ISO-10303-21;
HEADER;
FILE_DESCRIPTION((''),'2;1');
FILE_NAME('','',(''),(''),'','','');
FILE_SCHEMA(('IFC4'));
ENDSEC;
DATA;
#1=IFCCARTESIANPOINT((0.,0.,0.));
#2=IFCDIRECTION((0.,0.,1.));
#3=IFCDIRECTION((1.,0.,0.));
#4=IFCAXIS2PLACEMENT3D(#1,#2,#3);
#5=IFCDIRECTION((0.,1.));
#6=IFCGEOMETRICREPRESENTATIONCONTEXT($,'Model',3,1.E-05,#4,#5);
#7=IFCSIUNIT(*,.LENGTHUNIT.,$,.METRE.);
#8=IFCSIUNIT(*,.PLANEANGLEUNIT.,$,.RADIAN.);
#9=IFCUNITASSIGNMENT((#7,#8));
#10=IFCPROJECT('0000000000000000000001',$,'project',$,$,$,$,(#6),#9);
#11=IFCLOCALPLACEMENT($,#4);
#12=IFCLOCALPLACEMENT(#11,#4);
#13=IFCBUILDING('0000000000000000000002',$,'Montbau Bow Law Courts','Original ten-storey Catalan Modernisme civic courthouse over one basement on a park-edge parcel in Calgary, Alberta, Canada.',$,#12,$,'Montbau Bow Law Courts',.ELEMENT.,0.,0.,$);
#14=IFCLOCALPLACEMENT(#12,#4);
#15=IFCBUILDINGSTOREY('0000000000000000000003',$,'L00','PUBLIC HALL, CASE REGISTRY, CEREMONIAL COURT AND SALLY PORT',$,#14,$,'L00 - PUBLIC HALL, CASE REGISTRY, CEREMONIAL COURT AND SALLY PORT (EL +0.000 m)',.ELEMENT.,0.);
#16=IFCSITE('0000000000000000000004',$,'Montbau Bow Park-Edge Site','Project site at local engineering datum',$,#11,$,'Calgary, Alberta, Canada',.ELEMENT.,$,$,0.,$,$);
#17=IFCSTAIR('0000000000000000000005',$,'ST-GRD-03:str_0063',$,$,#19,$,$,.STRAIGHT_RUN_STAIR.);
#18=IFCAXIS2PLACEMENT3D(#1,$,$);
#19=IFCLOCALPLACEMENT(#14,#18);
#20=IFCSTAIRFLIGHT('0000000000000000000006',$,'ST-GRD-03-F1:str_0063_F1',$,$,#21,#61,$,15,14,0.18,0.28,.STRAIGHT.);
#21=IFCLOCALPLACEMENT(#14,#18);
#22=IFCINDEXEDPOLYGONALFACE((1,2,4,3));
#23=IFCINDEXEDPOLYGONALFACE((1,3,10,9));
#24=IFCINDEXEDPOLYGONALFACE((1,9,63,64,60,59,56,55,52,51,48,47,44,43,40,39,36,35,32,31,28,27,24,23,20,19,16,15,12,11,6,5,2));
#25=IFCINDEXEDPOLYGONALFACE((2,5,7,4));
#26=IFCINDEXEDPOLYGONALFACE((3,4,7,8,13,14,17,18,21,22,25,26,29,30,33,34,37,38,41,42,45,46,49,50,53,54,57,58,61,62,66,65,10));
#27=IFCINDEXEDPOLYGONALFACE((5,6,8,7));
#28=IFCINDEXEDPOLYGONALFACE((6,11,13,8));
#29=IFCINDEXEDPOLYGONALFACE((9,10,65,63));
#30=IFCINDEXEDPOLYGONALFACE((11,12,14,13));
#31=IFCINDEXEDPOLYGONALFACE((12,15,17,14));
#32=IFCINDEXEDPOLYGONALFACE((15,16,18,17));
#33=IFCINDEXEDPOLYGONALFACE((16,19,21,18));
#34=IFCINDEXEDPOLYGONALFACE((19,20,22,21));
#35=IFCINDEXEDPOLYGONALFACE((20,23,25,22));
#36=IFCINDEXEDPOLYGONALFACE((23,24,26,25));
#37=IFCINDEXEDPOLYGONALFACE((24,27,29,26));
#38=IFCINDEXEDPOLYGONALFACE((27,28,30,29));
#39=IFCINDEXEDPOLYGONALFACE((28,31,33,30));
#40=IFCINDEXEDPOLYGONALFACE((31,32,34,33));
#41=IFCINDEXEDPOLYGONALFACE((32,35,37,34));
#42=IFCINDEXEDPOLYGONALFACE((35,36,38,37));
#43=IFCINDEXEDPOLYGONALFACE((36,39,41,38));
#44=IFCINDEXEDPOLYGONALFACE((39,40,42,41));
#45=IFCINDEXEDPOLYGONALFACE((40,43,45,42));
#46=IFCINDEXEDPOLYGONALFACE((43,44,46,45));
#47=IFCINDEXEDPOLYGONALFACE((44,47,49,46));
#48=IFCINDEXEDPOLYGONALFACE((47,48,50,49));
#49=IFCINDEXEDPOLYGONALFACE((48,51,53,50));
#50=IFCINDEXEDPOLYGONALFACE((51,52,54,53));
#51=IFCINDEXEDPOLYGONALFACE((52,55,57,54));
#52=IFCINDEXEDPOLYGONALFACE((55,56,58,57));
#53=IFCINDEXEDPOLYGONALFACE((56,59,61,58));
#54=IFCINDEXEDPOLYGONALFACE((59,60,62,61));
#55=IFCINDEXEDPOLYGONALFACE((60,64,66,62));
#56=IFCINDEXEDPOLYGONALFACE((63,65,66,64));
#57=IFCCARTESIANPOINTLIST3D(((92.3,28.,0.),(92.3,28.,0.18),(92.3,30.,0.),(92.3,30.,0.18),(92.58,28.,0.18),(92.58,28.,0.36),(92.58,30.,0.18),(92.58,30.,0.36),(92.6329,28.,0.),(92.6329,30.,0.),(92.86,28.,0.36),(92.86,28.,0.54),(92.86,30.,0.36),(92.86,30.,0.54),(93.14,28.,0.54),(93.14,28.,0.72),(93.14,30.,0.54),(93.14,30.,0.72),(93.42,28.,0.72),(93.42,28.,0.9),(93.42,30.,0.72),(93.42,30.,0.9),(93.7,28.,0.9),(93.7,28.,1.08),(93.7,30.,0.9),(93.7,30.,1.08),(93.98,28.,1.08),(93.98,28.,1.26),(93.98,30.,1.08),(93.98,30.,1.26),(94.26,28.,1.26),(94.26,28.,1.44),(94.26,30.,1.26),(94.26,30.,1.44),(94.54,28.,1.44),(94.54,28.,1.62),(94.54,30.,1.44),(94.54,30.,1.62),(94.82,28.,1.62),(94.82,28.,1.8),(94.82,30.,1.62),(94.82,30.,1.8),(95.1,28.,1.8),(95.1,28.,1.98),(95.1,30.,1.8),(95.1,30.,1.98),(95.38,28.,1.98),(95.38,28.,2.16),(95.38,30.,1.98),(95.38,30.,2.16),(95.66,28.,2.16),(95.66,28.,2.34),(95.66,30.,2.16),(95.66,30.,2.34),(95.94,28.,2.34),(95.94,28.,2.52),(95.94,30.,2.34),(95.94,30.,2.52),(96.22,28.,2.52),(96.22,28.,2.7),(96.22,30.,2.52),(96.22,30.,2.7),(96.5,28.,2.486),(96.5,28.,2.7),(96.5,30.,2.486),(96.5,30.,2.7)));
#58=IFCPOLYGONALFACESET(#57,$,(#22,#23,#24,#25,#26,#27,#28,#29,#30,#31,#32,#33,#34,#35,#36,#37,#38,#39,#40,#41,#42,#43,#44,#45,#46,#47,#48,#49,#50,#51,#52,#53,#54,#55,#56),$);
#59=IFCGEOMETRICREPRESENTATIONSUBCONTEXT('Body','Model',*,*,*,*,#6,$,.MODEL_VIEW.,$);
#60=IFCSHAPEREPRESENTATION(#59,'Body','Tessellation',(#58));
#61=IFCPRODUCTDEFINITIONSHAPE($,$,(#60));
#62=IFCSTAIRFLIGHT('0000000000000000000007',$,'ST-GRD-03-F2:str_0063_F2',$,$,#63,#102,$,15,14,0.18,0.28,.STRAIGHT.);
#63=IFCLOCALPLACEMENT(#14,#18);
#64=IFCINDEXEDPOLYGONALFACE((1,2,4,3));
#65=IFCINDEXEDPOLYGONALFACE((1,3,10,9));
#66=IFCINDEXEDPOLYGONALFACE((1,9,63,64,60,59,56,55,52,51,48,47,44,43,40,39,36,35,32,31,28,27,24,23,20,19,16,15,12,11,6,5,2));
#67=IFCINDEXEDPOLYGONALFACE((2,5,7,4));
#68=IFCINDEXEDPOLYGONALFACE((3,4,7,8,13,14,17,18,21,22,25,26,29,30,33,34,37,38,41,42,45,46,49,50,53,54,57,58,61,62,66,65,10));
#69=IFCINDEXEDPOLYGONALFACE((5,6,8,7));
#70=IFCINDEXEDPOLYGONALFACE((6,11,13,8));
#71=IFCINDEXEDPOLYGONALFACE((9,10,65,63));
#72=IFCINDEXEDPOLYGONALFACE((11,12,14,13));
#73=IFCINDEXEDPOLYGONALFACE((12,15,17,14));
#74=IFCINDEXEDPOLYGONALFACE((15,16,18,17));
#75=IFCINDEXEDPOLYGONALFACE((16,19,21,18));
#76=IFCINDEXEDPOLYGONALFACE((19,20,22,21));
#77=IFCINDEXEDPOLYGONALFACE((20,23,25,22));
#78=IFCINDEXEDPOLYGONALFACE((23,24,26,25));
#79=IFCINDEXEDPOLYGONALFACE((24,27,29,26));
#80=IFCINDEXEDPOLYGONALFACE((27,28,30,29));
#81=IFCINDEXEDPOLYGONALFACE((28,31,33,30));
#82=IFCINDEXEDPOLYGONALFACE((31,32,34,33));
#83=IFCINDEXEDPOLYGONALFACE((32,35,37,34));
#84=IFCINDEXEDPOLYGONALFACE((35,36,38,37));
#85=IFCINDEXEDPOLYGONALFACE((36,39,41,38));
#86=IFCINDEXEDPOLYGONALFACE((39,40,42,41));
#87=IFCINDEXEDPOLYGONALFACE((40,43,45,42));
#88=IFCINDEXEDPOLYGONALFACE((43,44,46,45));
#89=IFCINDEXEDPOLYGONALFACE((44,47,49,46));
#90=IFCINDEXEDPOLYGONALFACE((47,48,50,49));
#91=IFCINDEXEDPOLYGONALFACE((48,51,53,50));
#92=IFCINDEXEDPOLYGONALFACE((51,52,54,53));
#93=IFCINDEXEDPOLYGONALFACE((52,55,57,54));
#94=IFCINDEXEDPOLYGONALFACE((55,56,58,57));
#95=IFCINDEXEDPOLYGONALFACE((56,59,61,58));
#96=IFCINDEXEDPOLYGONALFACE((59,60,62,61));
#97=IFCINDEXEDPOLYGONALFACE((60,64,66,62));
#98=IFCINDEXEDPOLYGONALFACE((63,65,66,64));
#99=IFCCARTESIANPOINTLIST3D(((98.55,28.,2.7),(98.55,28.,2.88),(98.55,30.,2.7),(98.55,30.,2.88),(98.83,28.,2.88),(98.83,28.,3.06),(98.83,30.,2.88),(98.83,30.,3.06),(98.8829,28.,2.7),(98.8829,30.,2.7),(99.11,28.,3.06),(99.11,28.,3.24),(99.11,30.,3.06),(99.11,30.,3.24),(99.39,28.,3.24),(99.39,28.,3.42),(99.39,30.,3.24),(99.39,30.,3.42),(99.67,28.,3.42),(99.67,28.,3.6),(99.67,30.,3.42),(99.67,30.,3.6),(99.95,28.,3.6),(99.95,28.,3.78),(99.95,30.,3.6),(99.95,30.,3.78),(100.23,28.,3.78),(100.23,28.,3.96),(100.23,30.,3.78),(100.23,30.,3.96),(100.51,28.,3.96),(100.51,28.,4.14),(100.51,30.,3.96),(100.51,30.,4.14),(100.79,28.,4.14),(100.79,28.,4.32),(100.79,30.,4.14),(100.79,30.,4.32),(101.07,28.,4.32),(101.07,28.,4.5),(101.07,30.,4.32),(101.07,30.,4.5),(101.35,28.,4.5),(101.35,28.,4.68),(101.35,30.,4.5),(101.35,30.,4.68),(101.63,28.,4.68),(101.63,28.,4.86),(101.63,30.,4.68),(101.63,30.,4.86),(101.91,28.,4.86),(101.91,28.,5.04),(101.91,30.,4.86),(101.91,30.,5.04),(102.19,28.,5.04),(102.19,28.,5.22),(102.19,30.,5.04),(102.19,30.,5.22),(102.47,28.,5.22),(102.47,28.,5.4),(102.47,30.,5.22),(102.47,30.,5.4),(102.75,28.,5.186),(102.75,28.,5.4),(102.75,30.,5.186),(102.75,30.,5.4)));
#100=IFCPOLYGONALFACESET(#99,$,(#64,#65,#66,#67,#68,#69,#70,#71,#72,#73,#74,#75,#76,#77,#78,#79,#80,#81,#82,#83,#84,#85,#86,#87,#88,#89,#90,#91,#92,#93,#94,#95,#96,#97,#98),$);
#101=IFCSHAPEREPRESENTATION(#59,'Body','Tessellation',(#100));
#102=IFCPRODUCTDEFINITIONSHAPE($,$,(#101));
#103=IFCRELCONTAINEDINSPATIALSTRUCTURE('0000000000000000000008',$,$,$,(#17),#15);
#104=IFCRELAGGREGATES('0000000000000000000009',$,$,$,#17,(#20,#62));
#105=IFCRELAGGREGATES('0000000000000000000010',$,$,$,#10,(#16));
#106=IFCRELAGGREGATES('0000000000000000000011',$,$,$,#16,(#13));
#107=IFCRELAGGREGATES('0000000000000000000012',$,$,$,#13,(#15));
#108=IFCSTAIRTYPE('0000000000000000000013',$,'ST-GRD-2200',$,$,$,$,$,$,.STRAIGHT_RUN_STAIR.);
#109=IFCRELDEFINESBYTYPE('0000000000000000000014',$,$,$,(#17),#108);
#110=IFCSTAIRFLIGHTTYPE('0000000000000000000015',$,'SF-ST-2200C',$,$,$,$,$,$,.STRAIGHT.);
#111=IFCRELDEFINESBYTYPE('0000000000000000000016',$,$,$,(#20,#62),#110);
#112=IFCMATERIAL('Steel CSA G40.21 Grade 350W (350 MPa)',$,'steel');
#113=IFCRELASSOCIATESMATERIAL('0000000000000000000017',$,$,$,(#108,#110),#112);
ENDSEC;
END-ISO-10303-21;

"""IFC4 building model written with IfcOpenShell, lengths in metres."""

from ifc_helpers import new_model, si_unit, direction, frame, origin_with_axes, place, context, subcontext, project, spatial, polyline, outline, extrude, material, type_object, element, aggregate, save


model = new_model("IFC4")

# Units and contexts
model_context = context("Model", 3, precision=1e-05, world=origin_with_axes(), true_north=direction((0.0, 1.0)))
body_context = subcontext(model_context, "Body", "Model", "MODEL_VIEW")
ifc_project = project(units=[si_unit("LENGTHUNIT", "METRE"), si_unit("PLANEANGLEUNIT", "RADIAN")], contexts=[model_context])

# Site, building, storey
site_placement = place(None, origin_with_axes())
site = spatial("IfcSite", under=ifc_project, at=site_placement, Name="Montbau Bow Park-Edge Site", Description="Project site at local engineering datum", LongName="Calgary, Alberta, Canada", CompositionType="ELEMENT", RefElevation=0.0)
building_placement = place(site_placement, origin_with_axes())
building = spatial("IfcBuilding", under=site, at=building_placement, Name="Montbau Bow Law Courts", Description="Original ten-storey Catalan Modernisme civic courthouse over one basement on a park-edge parcel in Calgary, Alberta, Canada.", LongName="Montbau Bow Law Courts", CompositionType="ELEMENT", ElevationOfRefHeight=0.0, ElevationOfTerrain=0.0)
storey_placement = place(building_placement, origin_with_axes())
storey = spatial("IfcBuildingStorey", under=building, at=storey_placement, Name="L00", Description="PUBLIC HALL, CASE REGISTRY, CEREMONIAL COURT AND SALLY PORT", LongName="L00 - PUBLIC HALL, CASE REGISTRY, CEREMONIAL COURT AND SALLY PORT (EL +0.000 m)", CompositionType="ELEMENT", Elevation=0.0)

# Shared definitions
ifc_material_1 = material(Name="Steel CSA G40.21 Grade 350W (350 MPa)", Category="steel")

# Stair, stair flights
stair_type = type_object("IfcStairType", Name="ST-GRD-2200", PredefinedType="STRAIGHT_RUN_STAIR", material=ifc_material_1)
stair_flight_type = type_object("IfcStairFlightType", Name="SF-ST-2200C", PredefinedType="STRAIGHT", material=ifc_material_1)
stair_1_placement = place(None, frame((92.3, 29.0, 0.0), z_axis=(0.0, 0.0, 1.0), x_axis=(1.0, 0.0, 0.0)))
stair_1 = element("IfcStair", 1, at=stair_1_placement, inside=storey, type_object=stair_type, Name="ST-GRD-03:str_0063", PredefinedType="STRAIGHT_RUN_STAIR")
stair_flight_1_placement = place(None, frame((92.3, 29.0, 0.0), z_axis=(0.0, 0.0, 1.0), x_axis=(1.0, 0.0, 0.0)))
stair_flight_1 = element("IfcStairFlight", 2, at=stair_flight_1_placement, type_object=stair_flight_type, Name="ST-GRD-03-F1:str_0063_F1", NumberOfRisers=15, NumberOfTreads=14, PredefinedType="STRAIGHT", RiserHeight=0.18, TreadLength=0.28, context=body_context, shape_type="SweptSolid", body=[
    extrude(outline(polyline([(0.0, 0.0), (0.0, 0.18), (0.28, 0.18), (0.28, 0.36), (0.56, 0.36), (0.56, 0.54), (0.84, 0.54), (0.84, 0.72), (1.12, 0.72), (1.12, 0.9), (1.4, 0.9), (1.4, 1.08), (1.68, 1.08), (1.68, 1.26), (1.96, 1.26), (1.96, 1.44), (2.24, 1.44), (2.24, 1.62), (2.52, 1.62), (2.52, 1.8), (2.8, 1.8), (2.8, 1.98), (3.08, 1.98), (3.08, 2.16), (3.36, 2.16), (3.36, 2.34), (3.64, 2.34), (3.64, 2.52), (3.92, 2.52), (3.92, 2.7), (4.2, 2.7), (4.2, 2.486), (0.3329, 0.0), (0.0, 0.0)])), frame((0.0, 1.0, 0.0), z_axis=(0.0, -1.0, 0.0), x_axis=(1.0, 0.0, 0.0)), (0.0, 0.0, 1.0), 2.0),
])
stair_flight_2_placement = place(None, frame((98.55, 29.0, 2.7), z_axis=(0.0, 0.0, 1.0), x_axis=(1.0, 0.0, 0.0)))
stair_flight_2 = element("IfcStairFlight", 3, at=stair_flight_2_placement, type_object=stair_flight_type, Name="ST-GRD-03-F2:str_0063_F2", NumberOfRisers=15, NumberOfTreads=14, PredefinedType="STRAIGHT", RiserHeight=0.18, TreadLength=0.28, context=body_context, shape_type="SweptSolid", body=[
    extrude(outline(polyline([(0.0, 0.0), (0.0, 0.18), (0.28, 0.18), (0.28, 0.36), (0.56, 0.36), (0.56, 0.54), (0.84, 0.54), (0.84, 0.72), (1.12, 0.72), (1.12, 0.9), (1.4, 0.9), (1.4, 1.08), (1.68, 1.08), (1.68, 1.26), (1.96, 1.26), (1.96, 1.44), (2.24, 1.44), (2.24, 1.62), (2.52, 1.62), (2.52, 1.8), (2.8, 1.8), (2.8, 1.98), (3.08, 1.98), (3.08, 2.16), (3.36, 2.16), (3.36, 2.34), (3.64, 2.34), (3.64, 2.52), (3.92, 2.52), (3.92, 2.7), (4.2, 2.7), (4.2, 2.486), (0.3329, 0.0), (0.0, 0.0)])), frame((0.0, 1.0, 0.0), z_axis=(0.0, -1.0, 0.0), x_axis=(1.0, 0.0, 0.0)), (0.0, 0.0, 1.0), 2.0),
])
aggregate(stair_1, [stair_flight_1, stair_flight_2])

save(model, "model.ifc")
